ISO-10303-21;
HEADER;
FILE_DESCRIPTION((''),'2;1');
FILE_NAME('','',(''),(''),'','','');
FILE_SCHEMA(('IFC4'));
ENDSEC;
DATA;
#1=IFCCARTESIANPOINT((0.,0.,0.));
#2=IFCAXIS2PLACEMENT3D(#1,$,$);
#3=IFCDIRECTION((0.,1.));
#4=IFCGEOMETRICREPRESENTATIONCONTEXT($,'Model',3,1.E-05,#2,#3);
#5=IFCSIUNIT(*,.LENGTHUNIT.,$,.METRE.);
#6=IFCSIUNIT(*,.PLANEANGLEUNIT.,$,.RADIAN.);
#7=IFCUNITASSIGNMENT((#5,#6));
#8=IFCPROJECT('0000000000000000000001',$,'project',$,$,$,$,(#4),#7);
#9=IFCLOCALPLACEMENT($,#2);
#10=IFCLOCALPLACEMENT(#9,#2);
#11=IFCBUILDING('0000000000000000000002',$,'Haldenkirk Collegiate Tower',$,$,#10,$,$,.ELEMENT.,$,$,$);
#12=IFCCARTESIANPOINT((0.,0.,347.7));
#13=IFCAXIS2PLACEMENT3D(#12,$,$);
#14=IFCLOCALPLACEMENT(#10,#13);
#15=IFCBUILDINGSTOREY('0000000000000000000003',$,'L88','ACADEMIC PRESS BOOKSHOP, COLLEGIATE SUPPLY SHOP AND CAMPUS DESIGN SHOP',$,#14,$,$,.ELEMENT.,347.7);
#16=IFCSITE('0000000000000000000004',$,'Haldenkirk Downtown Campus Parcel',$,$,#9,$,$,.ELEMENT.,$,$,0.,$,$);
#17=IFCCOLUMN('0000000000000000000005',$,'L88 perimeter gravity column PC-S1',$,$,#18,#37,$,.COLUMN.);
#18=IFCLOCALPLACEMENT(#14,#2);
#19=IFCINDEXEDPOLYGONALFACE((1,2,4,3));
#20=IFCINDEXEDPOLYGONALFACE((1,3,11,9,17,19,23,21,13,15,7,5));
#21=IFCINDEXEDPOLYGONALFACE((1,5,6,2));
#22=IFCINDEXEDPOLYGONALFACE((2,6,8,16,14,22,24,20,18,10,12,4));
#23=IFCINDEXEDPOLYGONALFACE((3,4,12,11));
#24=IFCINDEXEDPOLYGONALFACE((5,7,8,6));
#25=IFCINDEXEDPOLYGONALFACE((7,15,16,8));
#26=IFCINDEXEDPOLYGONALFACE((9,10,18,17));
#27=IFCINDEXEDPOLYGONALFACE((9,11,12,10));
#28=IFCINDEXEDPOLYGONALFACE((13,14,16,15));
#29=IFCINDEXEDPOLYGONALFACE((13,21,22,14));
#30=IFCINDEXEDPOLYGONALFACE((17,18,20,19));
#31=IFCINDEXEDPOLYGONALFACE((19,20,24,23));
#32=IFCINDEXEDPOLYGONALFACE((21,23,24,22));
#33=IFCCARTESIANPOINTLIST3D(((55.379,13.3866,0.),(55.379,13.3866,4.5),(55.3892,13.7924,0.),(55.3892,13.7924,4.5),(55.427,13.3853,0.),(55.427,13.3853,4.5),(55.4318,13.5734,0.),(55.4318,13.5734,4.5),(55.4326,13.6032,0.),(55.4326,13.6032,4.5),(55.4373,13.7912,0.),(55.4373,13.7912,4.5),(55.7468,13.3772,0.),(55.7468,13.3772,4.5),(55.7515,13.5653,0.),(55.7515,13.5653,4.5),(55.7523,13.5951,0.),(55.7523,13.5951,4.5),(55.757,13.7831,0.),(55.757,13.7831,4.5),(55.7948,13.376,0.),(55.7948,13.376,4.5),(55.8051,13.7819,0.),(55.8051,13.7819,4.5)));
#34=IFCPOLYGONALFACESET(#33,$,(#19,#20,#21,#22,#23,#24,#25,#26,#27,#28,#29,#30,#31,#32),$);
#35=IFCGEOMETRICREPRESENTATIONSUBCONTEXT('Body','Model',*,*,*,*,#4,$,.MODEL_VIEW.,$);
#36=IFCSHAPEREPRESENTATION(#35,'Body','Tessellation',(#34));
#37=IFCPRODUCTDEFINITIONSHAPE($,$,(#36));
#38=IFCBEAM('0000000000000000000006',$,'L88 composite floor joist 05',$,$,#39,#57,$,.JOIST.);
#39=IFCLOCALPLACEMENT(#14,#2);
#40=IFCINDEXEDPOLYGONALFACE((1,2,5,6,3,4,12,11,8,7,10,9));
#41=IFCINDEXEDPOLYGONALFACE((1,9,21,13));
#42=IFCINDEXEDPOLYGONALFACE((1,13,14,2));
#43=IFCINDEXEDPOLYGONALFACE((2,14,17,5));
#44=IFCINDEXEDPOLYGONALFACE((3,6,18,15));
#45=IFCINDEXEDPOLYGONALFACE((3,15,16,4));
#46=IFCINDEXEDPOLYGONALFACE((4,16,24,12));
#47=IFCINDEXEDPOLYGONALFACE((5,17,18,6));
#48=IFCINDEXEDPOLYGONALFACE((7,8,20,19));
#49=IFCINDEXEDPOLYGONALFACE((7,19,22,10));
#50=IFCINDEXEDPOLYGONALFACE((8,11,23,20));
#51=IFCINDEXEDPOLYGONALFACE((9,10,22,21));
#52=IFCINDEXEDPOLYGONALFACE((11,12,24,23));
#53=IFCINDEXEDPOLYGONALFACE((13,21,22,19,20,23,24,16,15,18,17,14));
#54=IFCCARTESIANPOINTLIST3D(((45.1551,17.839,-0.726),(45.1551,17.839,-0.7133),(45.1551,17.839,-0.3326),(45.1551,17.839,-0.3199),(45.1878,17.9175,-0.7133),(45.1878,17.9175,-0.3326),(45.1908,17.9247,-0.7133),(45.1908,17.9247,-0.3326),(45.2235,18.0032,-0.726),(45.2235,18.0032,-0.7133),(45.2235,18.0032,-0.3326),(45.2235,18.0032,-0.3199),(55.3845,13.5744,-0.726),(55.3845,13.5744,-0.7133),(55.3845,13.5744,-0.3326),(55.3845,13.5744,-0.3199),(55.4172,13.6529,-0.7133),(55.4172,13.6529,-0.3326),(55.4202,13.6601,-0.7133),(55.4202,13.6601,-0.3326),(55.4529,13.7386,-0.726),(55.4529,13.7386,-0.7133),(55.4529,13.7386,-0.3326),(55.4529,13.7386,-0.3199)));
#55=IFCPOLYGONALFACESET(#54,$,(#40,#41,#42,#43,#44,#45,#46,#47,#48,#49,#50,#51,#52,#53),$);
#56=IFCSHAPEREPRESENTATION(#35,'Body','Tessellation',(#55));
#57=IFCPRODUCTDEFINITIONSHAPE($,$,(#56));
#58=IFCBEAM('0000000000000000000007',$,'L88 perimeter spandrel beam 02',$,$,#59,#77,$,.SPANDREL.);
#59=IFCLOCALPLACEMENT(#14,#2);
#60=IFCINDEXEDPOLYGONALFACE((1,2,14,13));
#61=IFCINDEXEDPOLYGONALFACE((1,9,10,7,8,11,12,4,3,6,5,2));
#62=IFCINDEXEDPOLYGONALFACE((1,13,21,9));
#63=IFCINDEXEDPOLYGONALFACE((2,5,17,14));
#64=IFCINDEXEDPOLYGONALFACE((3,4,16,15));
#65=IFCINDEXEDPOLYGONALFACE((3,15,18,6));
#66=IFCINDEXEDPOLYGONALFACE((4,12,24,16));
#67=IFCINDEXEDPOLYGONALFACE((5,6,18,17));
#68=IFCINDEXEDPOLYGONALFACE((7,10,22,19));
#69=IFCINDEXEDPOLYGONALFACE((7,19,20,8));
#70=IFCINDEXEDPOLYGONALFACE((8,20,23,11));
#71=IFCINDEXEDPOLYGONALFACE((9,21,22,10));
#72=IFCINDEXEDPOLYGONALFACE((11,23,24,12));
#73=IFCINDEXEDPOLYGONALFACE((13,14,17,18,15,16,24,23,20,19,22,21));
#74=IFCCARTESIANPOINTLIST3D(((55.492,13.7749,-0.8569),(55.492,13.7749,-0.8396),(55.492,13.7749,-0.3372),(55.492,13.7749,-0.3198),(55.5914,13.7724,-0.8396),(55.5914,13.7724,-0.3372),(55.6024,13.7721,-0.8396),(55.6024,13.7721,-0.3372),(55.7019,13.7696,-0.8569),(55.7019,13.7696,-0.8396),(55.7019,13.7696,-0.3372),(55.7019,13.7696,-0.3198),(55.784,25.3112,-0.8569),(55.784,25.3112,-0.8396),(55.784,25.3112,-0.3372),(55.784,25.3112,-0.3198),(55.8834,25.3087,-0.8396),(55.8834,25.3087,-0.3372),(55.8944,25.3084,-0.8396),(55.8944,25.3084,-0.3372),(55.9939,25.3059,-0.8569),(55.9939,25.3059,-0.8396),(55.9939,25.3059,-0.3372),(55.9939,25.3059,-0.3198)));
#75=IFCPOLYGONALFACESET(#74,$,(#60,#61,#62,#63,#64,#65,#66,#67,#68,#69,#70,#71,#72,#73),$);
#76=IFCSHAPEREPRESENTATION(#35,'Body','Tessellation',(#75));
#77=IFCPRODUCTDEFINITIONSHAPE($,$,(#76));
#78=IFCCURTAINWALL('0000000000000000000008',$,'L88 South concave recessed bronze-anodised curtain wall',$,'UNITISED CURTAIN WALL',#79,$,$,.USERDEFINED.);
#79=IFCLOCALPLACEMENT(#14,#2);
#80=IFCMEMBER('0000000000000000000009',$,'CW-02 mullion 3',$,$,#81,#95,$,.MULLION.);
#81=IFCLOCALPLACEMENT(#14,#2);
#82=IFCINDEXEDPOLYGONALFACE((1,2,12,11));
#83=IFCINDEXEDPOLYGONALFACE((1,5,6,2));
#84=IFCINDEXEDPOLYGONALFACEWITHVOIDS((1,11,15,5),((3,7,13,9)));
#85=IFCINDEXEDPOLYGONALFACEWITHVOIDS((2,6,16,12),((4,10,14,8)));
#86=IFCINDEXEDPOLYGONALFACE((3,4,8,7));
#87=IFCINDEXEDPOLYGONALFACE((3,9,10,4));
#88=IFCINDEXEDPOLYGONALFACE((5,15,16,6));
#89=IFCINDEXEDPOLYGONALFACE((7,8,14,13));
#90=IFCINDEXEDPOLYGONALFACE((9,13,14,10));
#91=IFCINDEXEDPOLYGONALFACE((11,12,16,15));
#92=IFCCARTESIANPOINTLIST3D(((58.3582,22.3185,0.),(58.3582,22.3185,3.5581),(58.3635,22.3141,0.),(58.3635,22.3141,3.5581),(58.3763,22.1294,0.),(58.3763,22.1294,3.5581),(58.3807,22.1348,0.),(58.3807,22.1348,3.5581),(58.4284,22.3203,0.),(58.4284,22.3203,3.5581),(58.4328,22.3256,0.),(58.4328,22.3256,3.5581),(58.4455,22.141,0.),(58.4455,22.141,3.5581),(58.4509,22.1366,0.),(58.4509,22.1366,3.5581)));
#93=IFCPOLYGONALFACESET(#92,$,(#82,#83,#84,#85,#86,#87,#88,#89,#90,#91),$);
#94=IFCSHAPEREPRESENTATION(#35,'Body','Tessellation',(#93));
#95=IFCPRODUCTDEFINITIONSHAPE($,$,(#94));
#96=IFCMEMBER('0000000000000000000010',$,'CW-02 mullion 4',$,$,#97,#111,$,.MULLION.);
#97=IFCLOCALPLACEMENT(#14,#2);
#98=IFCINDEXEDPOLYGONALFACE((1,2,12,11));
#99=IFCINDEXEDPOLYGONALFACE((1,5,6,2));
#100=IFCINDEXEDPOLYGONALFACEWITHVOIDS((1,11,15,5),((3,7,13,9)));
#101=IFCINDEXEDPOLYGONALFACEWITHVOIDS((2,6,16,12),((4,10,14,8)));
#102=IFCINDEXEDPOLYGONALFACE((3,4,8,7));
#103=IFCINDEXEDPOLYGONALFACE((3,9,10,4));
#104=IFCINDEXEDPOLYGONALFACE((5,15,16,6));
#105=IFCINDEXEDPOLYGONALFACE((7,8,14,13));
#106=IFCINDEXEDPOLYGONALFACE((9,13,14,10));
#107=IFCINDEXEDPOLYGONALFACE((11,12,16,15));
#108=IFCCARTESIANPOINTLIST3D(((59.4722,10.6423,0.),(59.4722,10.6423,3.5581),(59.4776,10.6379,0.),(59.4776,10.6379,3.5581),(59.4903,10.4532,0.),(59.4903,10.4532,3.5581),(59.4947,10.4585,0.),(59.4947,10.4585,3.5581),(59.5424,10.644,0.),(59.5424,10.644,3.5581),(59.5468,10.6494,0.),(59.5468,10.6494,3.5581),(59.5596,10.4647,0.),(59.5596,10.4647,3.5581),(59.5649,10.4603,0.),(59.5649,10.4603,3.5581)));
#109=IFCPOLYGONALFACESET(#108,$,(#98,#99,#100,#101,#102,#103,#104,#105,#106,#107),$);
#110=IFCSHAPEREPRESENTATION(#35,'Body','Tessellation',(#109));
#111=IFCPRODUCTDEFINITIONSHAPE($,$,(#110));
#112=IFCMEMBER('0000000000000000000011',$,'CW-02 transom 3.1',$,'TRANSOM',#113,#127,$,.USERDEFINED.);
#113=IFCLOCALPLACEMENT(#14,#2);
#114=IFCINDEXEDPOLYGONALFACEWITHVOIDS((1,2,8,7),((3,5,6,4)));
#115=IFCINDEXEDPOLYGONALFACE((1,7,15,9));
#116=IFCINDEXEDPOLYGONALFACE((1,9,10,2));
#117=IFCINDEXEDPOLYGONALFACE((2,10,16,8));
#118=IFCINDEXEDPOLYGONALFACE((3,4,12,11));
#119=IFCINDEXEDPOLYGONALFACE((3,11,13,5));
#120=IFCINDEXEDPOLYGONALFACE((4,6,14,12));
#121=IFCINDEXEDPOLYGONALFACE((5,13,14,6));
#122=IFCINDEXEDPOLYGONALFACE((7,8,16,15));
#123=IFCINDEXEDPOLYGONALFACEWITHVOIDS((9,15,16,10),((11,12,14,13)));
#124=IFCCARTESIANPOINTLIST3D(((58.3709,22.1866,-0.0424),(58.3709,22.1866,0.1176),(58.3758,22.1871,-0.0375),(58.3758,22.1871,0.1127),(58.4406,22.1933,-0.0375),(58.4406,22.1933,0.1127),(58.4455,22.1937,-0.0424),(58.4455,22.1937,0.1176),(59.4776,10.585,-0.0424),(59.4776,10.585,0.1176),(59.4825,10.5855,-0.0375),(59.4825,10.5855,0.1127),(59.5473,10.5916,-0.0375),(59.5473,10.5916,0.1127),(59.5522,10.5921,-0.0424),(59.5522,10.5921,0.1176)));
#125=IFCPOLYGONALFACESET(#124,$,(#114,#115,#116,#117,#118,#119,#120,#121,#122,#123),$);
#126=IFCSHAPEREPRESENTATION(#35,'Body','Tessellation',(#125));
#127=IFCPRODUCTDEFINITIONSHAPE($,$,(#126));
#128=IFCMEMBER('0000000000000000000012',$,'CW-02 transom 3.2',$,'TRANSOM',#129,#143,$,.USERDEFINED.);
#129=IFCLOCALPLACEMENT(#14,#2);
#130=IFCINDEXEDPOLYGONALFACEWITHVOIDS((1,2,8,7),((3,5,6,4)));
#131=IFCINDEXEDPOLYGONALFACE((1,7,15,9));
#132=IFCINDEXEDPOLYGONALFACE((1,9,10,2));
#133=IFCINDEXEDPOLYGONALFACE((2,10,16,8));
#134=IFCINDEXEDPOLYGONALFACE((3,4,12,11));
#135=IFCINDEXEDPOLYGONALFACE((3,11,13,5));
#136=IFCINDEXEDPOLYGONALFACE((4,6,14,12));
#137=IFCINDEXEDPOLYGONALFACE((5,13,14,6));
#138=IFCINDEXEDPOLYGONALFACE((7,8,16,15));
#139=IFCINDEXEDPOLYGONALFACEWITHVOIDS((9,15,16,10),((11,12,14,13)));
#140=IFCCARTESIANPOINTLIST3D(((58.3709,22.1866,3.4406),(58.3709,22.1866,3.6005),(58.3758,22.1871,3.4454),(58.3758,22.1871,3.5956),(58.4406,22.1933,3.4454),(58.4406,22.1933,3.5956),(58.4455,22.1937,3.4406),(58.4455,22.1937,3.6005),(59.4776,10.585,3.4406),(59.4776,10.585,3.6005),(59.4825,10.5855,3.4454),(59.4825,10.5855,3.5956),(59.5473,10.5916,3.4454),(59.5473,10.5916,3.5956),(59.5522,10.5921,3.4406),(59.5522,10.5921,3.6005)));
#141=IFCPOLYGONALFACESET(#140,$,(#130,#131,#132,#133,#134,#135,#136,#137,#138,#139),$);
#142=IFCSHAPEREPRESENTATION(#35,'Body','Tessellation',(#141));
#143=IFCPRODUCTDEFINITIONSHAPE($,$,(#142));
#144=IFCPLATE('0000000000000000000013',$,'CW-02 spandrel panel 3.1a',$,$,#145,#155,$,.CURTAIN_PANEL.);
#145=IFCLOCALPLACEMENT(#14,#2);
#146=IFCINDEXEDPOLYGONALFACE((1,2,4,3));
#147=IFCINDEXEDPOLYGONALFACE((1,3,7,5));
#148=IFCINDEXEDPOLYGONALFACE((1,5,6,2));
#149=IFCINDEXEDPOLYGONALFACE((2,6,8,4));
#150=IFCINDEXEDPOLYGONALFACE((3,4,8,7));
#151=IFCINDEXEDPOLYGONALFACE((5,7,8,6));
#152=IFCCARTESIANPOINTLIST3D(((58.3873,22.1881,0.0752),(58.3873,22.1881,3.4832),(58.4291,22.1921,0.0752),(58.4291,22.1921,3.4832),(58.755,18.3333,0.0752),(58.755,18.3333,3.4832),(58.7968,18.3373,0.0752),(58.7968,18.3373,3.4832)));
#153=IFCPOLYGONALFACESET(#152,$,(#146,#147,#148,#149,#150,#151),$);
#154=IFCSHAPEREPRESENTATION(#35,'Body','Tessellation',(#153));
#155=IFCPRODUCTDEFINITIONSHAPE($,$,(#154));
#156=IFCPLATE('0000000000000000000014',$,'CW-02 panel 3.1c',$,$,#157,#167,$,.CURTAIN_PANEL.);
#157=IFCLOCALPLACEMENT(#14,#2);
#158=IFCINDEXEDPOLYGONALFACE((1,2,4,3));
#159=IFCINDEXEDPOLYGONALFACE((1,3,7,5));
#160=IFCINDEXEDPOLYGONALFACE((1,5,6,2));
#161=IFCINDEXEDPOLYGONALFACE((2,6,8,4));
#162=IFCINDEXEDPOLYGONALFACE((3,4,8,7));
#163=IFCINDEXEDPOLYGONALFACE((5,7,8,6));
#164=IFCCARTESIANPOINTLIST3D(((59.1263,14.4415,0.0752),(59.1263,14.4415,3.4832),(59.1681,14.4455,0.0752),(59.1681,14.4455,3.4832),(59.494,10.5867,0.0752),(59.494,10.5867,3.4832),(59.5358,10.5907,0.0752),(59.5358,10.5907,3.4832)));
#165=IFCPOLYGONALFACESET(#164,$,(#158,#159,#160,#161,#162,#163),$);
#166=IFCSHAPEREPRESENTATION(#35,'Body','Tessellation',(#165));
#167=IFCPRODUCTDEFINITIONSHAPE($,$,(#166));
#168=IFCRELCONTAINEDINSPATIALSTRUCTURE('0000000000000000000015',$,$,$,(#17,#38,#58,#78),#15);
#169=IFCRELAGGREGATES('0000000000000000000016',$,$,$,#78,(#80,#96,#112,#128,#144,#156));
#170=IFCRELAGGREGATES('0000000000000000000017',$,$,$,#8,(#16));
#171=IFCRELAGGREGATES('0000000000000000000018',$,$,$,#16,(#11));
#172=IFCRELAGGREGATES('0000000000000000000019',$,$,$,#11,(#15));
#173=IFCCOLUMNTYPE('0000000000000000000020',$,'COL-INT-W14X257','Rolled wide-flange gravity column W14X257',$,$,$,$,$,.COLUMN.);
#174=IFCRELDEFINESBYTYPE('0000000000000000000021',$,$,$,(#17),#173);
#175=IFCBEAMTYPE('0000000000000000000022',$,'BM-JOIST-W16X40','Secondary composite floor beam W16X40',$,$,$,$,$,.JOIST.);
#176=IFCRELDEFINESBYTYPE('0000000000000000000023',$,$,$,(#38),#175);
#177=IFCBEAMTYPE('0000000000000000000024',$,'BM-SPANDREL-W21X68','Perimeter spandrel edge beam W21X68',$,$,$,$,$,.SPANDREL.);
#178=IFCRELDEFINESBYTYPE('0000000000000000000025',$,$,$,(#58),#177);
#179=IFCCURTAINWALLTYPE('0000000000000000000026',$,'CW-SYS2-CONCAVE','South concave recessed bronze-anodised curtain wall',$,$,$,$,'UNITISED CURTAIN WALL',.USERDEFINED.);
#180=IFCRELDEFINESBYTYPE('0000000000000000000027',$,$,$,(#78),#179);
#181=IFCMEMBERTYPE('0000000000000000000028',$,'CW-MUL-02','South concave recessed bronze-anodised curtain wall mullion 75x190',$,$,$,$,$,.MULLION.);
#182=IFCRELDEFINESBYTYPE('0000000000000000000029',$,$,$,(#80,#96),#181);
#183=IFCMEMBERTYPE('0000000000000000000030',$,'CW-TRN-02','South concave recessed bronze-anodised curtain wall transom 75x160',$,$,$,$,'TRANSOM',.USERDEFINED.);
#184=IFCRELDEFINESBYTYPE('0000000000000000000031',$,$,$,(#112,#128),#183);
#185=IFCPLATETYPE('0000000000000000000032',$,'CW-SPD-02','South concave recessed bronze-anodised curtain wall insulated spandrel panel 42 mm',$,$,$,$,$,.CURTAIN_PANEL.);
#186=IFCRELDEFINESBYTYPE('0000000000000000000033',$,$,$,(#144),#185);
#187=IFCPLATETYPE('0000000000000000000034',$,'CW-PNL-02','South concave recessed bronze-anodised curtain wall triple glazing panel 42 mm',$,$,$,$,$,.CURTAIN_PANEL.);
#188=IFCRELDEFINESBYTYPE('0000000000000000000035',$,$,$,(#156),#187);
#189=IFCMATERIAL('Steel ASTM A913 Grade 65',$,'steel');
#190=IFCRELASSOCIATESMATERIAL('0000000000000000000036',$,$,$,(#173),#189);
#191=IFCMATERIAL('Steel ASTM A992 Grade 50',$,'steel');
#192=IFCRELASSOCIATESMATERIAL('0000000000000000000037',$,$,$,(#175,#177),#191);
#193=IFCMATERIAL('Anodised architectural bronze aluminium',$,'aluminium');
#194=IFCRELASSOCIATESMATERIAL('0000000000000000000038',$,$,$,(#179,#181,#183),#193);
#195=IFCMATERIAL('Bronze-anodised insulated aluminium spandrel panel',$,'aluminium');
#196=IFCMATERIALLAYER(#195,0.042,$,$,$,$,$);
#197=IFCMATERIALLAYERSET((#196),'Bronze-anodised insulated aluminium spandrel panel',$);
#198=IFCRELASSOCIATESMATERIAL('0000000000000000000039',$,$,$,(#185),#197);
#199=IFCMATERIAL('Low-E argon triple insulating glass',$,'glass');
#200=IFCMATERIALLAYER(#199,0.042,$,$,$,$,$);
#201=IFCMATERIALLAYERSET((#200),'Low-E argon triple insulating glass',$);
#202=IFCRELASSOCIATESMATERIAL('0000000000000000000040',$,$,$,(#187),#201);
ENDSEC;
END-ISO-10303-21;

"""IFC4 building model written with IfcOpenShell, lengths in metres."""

from ifc_helpers import new_model, si_unit, direction, frame, origin, origin_2d, place, context, subcontext, project, spatial, rectangle, hollow_rectangle, i_section, extrude, source, transform, mapped, material, layer, layer_set, material_profile, profile_set, type_object, element, aggregate, save


model = new_model("IFC4")

# Units and contexts
model_context = context("Model", 3, precision=1e-05, world=origin(), true_north=direction((0.0, 1.0)))
body_context = subcontext(model_context, "Body", "Model", "MODEL_VIEW")
ifc_project = project(units=[si_unit("LENGTHUNIT", "METRE"), si_unit("PLANEANGLEUNIT", "RADIAN")], contexts=[model_context])

# Site, building, storey
site_placement = place(None, origin())
site = spatial("IfcSite", under=ifc_project, at=site_placement, Name="Haldenkirk Downtown Campus Parcel", CompositionType="ELEMENT", RefElevation=0.0)
building_placement = place(site_placement, origin())
building = spatial("IfcBuilding", under=site, at=building_placement, Name="Haldenkirk Collegiate Tower", CompositionType="ELEMENT")
storey_placement = place(building_placement, frame((0.0, 0.0, 347.7)))
storey = spatial("IfcBuildingStorey", under=building, at=storey_placement, Name="L88", Description="ACADEMIC PRESS BOOKSHOP, COLLEGIATE SUPPLY SHOP AND CAMPUS DESIGN SHOP", CompositionType="ELEMENT", Elevation=347.7)

# Column
ifc_material_1 = material(Name="Steel ASTM A913 Grade 65", Category="steel")
ifc_material_profile_1 = material_profile(ifc_material_1, i_section(OverallWidth=0.406, OverallDepth=0.416, WebThickness=0.0298, FlangeThickness=0.0481, at=origin_2d()), Name="W14X257")
ifc_profile_set_1 = profile_set([ifc_material_profile_1], Name="Steel ASTM A913 Grade 65")
column_type = type_object("IfcColumnType", Name="COL-INT-W14X257", Description="Rolled wide-flange gravity column W14X257", PredefinedType="COLUMN", material=ifc_profile_set_1)
column_placement = place(storey_placement, frame((55.592, 13.5842, 0.0), z_axis=(0.0, 0.0, 1.0), x_axis=(0.025305, 0.99968, 0.0)))
element("IfcColumn", 1, at=column_placement, inside=storey, type_object=column_type, Name="L88 perimeter gravity column PC-S1", PredefinedType="COLUMN", context=body_context, shape_type="SweptSolid", body=[
    extrude(i_section(OverallWidth=0.406, OverallDepth=0.416, WebThickness=0.0298, FlangeThickness=0.0481, at=origin_2d()), origin(), (0.0, 0.0, 1.0), 4.5),
])

# Beams
ifc_material_2 = material(Name="Steel ASTM A992 Grade 50", Category="steel")
ifc_material_profile_2 = material_profile(ifc_material_2, i_section(OverallWidth=0.178, OverallDepth=0.406, WebThickness=0.0078, FlangeThickness=0.0127, at=origin_2d()), Name="W16X40")
ifc_profile_set_2 = profile_set([ifc_material_profile_2], Name="Steel ASTM A992 Grade 50")
beam_type_1 = type_object("IfcBeamType", Name="BM-JOIST-W16X40", Description="Secondary composite floor beam W16X40", PredefinedType="JOIST", material=ifc_profile_set_2)
beam_1_placement = place(storey_placement, frame((55.4187, 13.6565, -0.5229), z_axis=(-0.923001, 0.384797, 0.0), x_axis=(-0.384797, -0.923001, 0.0)))
element("IfcBeam", 2, at=beam_1_placement, inside=storey, type_object=beam_type_1, Name="L88 composite floor joist 05", PredefinedType="JOIST", context=body_context, shape_type="SweptSolid", body=[
    extrude(i_section(OverallWidth=0.178, OverallDepth=0.406, WebThickness=0.0078, FlangeThickness=0.0127, at=origin_2d()), origin(), (0.0, 0.0, 1.0), 11.0828),
])
ifc_material_profile_3 = material_profile(ifc_material_2, i_section(OverallWidth=0.21, OverallDepth=0.5371, WebThickness=0.011, FlangeThickness=0.0173, at=origin_2d()), Name="W21X68")
ifc_profile_set_3 = profile_set([ifc_material_profile_3], Name="Steel ASTM A992 Grade 50")
beam_type_2 = type_object("IfcBeamType", Name="BM-SPANDREL-W21X68", Description="Perimeter spandrel edge beam W21X68", PredefinedType="SPANDREL", material=ifc_profile_set_3)
beam_2_placement = place(storey_placement, frame((55.5969, 13.7722, -0.5884), z_axis=(0.025302, 0.99968, 0.0), x_axis=(-0.99968, 0.025302, 0.0)))
element("IfcBeam", 3, at=beam_2_placement, inside=storey, type_object=beam_type_2, Name="L88 perimeter spandrel beam 02", PredefinedType="SPANDREL", context=body_context, shape_type="SweptSolid", body=[
    extrude(i_section(OverallWidth=0.21, OverallDepth=0.5371, WebThickness=0.011, FlangeThickness=0.0173, at=origin_2d()), origin(), (0.0, 0.0, 1.0), 11.54),
])

# Curtain wall, members, plates
ifc_material_3 = material(Name="Anodised architectural bronze aluminium", Category="aluminium")
curtain_wall_type = type_object("IfcCurtainWallType", Name="CW-SYS2-CONCAVE", Description="South concave recessed bronze-anodised curtain wall", ElementType="UNITISED CURTAIN WALL", PredefinedType="USERDEFINED", material=ifc_material_3)
curtain_wall_placement = place(storey_placement, origin())
curtain_wall = element("IfcCurtainWall", 4, at=curtain_wall_placement, inside=storey, type_object=curtain_wall_type, Name="L88 South concave recessed bronze-anodised curtain wall", ObjectType="UNITISED CURTAIN WALL", PredefinedType="USERDEFINED")
ifc_material_profile_4 = material_profile(ifc_material_3, hollow_rectangle(XDim=0.075, YDim=0.1899, WallThickness=0.0049, at=origin_2d()), Name="CW-MUL-02")
ifc_profile_set_4 = profile_set([ifc_material_profile_4], Name="Anodised architectural bronze aluminium")
member_type_1 = type_object("IfcMemberType", Name="CW-MUL-02", Description="South concave recessed bronze-anodised curtain wall mullion 75x190", PredefinedType="MULLION", material=ifc_profile_set_4)
member_1_placement = place(storey_placement, frame((58.4045, 22.2275, 0.0), z_axis=(0.0, 0.0, 1.0), x_axis=(0.99548, 0.094974, 0.0)))
member_1 = element("IfcMember", 5, at=member_1_placement, type_object=member_type_1, Name="CW-02 mullion 3", PredefinedType="MULLION", context=body_context, shape_type="SweptSolid", body=[
    extrude(hollow_rectangle(XDim=0.075, YDim=0.1899, WallThickness=0.0049, at=origin_2d()), origin(), (0.0, 0.0, 1.0), 3.5581),
])
member_2_placement = place(storey_placement, frame((59.5186, 10.5513, 0.0), z_axis=(0.0, 0.0, 1.0), x_axis=(0.99548, 0.094974, 0.0)))
member_2 = element("IfcMember", 6, at=member_2_placement, type_object=member_type_1, Name="CW-02 mullion 4", PredefinedType="MULLION", context=body_context, shape_type="SweptSolid", body=[
    extrude(hollow_rectangle(XDim=0.075, YDim=0.1899, WallThickness=0.0049, at=origin_2d()), origin(), (0.0, 0.0, 1.0), 3.5581),
])
ifc_material_profile_5 = material_profile(ifc_material_3, hollow_rectangle(XDim=0.075, YDim=0.1599, WallThickness=0.0049, at=origin_2d()), Name="CW-TRN-02")
ifc_profile_set_5 = profile_set([ifc_material_profile_5], Name="Anodised architectural bronze aluminium")
member_type_2 = type_object("IfcMemberType", Name="CW-TRN-02", Description="South concave recessed bronze-anodised curtain wall transom 75x160", ElementType="TRANSOM", PredefinedType="USERDEFINED", material=ifc_profile_set_5)
member_3_placement = place(storey_placement, frame((58.4082, 22.1902, 0.0376), z_axis=(0.09496, -0.995481, 0.0), x_axis=(0.995481, 0.09496, 0.0)))
member_3 = element("IfcMember", 7, at=member_3_placement, type_object=member_type_2, Name="CW-02 transom 3.1", ObjectType="TRANSOM", PredefinedType="USERDEFINED", context=body_context, shape_type="SweptSolid", body=[
    extrude(hollow_rectangle(XDim=0.075, YDim=0.1599, WallThickness=0.0049, at=origin_2d()), origin(), (0.0, 0.0, 1.0), 11.6543),
])
member_4_placement = place(storey_placement, frame((58.4082, 22.1902, 3.5205), z_axis=(0.09496, -0.995481, 0.0), x_axis=(0.995481, 0.09496, 0.0)))
member_4 = element("IfcMember", 8, at=member_4_placement, type_object=member_type_2, Name="CW-02 transom 3.2", ObjectType="TRANSOM", PredefinedType="USERDEFINED", context=body_context, shape_type="SweptSolid", body=[
    extrude(hollow_rectangle(XDim=0.075, YDim=0.1599, WallThickness=0.0049, at=origin_2d()), origin(), (0.0, 0.0, 1.0), 11.6543),
])
ifc_material_4 = material(Name="Bronze-anodised insulated aluminium spandrel panel", Category="aluminium")
ifc_layer_1 = layer(ifc_material_4, 0.042)
ifc_layer_set_1 = layer_set([ifc_layer_1], Name="Bronze-anodised insulated aluminium spandrel panel")
plate_type_1 = type_object("IfcPlateType", Name="CW-SPD-02", Description="South concave recessed bronze-anodised curtain wall insulated spandrel panel 42 mm", PredefinedType="CURTAIN_PANEL", material=ifc_layer_set_1)
shared_shape_1 = source(origin(), body_context, "Body", "SweptSolid", [
    extrude(rectangle(XDim=3.8723, YDim=0.042, at=origin_2d()), origin(), (0.0, 0.0, 1.0), 3.408),
])
plate_1_placement = place(storey_placement, frame((58.592, 20.2627, 0.0752), z_axis=(0.0, 0.0, 1.0), x_axis=(0.094974, -0.99548, 0.0)))
plate_1 = element("IfcPlate", 9, at=plate_1_placement, type_object=plate_type_1, Name="CW-02 spandrel panel 3.1a", PredefinedType="CURTAIN_PANEL", context=body_context, shape_type="MappedRepresentation", body=[
    mapped(shared_shape_1, transform((0.0, 0.0, 0.0), x_axis=(1.0, 0.0, 0.0), y_axis=(0.0, 1.0, 0.0), z_axis=(0.0, 0.0, 1.0), scale=1.0)),
])
ifc_material_5 = material(Name="Low-E argon triple insulating glass", Category="glass")
ifc_layer_2 = layer(ifc_material_5, 0.042)
ifc_layer_set_2 = layer_set([ifc_layer_2], Name="Low-E argon triple insulating glass")
plate_type_2 = type_object("IfcPlateType", Name="CW-PNL-02", Description="South concave recessed bronze-anodised curtain wall triple glazing panel 42 mm", PredefinedType="CURTAIN_PANEL", material=ifc_layer_set_2)
plate_2_placement = place(storey_placement, frame((59.3311, 12.5161, 0.0752), z_axis=(0.0, 0.0, 1.0), x_axis=(0.094974, -0.99548, 0.0)))
plate_2 = element("IfcPlate", 10, at=plate_2_placement, type_object=plate_type_2, Name="CW-02 panel 3.1c", PredefinedType="CURTAIN_PANEL", context=body_context, shape_type="MappedRepresentation", body=[
    mapped(shared_shape_1, transform((0.0, 0.0, 0.0), x_axis=(1.0, 0.0, 0.0), y_axis=(0.0, 1.0, 0.0), z_axis=(0.0, 0.0, 1.0), scale=1.0)),
])
aggregate(curtain_wall, [member_1, member_2, member_3, member_4, plate_1, plate_2])

save(model, "model.ifc")
